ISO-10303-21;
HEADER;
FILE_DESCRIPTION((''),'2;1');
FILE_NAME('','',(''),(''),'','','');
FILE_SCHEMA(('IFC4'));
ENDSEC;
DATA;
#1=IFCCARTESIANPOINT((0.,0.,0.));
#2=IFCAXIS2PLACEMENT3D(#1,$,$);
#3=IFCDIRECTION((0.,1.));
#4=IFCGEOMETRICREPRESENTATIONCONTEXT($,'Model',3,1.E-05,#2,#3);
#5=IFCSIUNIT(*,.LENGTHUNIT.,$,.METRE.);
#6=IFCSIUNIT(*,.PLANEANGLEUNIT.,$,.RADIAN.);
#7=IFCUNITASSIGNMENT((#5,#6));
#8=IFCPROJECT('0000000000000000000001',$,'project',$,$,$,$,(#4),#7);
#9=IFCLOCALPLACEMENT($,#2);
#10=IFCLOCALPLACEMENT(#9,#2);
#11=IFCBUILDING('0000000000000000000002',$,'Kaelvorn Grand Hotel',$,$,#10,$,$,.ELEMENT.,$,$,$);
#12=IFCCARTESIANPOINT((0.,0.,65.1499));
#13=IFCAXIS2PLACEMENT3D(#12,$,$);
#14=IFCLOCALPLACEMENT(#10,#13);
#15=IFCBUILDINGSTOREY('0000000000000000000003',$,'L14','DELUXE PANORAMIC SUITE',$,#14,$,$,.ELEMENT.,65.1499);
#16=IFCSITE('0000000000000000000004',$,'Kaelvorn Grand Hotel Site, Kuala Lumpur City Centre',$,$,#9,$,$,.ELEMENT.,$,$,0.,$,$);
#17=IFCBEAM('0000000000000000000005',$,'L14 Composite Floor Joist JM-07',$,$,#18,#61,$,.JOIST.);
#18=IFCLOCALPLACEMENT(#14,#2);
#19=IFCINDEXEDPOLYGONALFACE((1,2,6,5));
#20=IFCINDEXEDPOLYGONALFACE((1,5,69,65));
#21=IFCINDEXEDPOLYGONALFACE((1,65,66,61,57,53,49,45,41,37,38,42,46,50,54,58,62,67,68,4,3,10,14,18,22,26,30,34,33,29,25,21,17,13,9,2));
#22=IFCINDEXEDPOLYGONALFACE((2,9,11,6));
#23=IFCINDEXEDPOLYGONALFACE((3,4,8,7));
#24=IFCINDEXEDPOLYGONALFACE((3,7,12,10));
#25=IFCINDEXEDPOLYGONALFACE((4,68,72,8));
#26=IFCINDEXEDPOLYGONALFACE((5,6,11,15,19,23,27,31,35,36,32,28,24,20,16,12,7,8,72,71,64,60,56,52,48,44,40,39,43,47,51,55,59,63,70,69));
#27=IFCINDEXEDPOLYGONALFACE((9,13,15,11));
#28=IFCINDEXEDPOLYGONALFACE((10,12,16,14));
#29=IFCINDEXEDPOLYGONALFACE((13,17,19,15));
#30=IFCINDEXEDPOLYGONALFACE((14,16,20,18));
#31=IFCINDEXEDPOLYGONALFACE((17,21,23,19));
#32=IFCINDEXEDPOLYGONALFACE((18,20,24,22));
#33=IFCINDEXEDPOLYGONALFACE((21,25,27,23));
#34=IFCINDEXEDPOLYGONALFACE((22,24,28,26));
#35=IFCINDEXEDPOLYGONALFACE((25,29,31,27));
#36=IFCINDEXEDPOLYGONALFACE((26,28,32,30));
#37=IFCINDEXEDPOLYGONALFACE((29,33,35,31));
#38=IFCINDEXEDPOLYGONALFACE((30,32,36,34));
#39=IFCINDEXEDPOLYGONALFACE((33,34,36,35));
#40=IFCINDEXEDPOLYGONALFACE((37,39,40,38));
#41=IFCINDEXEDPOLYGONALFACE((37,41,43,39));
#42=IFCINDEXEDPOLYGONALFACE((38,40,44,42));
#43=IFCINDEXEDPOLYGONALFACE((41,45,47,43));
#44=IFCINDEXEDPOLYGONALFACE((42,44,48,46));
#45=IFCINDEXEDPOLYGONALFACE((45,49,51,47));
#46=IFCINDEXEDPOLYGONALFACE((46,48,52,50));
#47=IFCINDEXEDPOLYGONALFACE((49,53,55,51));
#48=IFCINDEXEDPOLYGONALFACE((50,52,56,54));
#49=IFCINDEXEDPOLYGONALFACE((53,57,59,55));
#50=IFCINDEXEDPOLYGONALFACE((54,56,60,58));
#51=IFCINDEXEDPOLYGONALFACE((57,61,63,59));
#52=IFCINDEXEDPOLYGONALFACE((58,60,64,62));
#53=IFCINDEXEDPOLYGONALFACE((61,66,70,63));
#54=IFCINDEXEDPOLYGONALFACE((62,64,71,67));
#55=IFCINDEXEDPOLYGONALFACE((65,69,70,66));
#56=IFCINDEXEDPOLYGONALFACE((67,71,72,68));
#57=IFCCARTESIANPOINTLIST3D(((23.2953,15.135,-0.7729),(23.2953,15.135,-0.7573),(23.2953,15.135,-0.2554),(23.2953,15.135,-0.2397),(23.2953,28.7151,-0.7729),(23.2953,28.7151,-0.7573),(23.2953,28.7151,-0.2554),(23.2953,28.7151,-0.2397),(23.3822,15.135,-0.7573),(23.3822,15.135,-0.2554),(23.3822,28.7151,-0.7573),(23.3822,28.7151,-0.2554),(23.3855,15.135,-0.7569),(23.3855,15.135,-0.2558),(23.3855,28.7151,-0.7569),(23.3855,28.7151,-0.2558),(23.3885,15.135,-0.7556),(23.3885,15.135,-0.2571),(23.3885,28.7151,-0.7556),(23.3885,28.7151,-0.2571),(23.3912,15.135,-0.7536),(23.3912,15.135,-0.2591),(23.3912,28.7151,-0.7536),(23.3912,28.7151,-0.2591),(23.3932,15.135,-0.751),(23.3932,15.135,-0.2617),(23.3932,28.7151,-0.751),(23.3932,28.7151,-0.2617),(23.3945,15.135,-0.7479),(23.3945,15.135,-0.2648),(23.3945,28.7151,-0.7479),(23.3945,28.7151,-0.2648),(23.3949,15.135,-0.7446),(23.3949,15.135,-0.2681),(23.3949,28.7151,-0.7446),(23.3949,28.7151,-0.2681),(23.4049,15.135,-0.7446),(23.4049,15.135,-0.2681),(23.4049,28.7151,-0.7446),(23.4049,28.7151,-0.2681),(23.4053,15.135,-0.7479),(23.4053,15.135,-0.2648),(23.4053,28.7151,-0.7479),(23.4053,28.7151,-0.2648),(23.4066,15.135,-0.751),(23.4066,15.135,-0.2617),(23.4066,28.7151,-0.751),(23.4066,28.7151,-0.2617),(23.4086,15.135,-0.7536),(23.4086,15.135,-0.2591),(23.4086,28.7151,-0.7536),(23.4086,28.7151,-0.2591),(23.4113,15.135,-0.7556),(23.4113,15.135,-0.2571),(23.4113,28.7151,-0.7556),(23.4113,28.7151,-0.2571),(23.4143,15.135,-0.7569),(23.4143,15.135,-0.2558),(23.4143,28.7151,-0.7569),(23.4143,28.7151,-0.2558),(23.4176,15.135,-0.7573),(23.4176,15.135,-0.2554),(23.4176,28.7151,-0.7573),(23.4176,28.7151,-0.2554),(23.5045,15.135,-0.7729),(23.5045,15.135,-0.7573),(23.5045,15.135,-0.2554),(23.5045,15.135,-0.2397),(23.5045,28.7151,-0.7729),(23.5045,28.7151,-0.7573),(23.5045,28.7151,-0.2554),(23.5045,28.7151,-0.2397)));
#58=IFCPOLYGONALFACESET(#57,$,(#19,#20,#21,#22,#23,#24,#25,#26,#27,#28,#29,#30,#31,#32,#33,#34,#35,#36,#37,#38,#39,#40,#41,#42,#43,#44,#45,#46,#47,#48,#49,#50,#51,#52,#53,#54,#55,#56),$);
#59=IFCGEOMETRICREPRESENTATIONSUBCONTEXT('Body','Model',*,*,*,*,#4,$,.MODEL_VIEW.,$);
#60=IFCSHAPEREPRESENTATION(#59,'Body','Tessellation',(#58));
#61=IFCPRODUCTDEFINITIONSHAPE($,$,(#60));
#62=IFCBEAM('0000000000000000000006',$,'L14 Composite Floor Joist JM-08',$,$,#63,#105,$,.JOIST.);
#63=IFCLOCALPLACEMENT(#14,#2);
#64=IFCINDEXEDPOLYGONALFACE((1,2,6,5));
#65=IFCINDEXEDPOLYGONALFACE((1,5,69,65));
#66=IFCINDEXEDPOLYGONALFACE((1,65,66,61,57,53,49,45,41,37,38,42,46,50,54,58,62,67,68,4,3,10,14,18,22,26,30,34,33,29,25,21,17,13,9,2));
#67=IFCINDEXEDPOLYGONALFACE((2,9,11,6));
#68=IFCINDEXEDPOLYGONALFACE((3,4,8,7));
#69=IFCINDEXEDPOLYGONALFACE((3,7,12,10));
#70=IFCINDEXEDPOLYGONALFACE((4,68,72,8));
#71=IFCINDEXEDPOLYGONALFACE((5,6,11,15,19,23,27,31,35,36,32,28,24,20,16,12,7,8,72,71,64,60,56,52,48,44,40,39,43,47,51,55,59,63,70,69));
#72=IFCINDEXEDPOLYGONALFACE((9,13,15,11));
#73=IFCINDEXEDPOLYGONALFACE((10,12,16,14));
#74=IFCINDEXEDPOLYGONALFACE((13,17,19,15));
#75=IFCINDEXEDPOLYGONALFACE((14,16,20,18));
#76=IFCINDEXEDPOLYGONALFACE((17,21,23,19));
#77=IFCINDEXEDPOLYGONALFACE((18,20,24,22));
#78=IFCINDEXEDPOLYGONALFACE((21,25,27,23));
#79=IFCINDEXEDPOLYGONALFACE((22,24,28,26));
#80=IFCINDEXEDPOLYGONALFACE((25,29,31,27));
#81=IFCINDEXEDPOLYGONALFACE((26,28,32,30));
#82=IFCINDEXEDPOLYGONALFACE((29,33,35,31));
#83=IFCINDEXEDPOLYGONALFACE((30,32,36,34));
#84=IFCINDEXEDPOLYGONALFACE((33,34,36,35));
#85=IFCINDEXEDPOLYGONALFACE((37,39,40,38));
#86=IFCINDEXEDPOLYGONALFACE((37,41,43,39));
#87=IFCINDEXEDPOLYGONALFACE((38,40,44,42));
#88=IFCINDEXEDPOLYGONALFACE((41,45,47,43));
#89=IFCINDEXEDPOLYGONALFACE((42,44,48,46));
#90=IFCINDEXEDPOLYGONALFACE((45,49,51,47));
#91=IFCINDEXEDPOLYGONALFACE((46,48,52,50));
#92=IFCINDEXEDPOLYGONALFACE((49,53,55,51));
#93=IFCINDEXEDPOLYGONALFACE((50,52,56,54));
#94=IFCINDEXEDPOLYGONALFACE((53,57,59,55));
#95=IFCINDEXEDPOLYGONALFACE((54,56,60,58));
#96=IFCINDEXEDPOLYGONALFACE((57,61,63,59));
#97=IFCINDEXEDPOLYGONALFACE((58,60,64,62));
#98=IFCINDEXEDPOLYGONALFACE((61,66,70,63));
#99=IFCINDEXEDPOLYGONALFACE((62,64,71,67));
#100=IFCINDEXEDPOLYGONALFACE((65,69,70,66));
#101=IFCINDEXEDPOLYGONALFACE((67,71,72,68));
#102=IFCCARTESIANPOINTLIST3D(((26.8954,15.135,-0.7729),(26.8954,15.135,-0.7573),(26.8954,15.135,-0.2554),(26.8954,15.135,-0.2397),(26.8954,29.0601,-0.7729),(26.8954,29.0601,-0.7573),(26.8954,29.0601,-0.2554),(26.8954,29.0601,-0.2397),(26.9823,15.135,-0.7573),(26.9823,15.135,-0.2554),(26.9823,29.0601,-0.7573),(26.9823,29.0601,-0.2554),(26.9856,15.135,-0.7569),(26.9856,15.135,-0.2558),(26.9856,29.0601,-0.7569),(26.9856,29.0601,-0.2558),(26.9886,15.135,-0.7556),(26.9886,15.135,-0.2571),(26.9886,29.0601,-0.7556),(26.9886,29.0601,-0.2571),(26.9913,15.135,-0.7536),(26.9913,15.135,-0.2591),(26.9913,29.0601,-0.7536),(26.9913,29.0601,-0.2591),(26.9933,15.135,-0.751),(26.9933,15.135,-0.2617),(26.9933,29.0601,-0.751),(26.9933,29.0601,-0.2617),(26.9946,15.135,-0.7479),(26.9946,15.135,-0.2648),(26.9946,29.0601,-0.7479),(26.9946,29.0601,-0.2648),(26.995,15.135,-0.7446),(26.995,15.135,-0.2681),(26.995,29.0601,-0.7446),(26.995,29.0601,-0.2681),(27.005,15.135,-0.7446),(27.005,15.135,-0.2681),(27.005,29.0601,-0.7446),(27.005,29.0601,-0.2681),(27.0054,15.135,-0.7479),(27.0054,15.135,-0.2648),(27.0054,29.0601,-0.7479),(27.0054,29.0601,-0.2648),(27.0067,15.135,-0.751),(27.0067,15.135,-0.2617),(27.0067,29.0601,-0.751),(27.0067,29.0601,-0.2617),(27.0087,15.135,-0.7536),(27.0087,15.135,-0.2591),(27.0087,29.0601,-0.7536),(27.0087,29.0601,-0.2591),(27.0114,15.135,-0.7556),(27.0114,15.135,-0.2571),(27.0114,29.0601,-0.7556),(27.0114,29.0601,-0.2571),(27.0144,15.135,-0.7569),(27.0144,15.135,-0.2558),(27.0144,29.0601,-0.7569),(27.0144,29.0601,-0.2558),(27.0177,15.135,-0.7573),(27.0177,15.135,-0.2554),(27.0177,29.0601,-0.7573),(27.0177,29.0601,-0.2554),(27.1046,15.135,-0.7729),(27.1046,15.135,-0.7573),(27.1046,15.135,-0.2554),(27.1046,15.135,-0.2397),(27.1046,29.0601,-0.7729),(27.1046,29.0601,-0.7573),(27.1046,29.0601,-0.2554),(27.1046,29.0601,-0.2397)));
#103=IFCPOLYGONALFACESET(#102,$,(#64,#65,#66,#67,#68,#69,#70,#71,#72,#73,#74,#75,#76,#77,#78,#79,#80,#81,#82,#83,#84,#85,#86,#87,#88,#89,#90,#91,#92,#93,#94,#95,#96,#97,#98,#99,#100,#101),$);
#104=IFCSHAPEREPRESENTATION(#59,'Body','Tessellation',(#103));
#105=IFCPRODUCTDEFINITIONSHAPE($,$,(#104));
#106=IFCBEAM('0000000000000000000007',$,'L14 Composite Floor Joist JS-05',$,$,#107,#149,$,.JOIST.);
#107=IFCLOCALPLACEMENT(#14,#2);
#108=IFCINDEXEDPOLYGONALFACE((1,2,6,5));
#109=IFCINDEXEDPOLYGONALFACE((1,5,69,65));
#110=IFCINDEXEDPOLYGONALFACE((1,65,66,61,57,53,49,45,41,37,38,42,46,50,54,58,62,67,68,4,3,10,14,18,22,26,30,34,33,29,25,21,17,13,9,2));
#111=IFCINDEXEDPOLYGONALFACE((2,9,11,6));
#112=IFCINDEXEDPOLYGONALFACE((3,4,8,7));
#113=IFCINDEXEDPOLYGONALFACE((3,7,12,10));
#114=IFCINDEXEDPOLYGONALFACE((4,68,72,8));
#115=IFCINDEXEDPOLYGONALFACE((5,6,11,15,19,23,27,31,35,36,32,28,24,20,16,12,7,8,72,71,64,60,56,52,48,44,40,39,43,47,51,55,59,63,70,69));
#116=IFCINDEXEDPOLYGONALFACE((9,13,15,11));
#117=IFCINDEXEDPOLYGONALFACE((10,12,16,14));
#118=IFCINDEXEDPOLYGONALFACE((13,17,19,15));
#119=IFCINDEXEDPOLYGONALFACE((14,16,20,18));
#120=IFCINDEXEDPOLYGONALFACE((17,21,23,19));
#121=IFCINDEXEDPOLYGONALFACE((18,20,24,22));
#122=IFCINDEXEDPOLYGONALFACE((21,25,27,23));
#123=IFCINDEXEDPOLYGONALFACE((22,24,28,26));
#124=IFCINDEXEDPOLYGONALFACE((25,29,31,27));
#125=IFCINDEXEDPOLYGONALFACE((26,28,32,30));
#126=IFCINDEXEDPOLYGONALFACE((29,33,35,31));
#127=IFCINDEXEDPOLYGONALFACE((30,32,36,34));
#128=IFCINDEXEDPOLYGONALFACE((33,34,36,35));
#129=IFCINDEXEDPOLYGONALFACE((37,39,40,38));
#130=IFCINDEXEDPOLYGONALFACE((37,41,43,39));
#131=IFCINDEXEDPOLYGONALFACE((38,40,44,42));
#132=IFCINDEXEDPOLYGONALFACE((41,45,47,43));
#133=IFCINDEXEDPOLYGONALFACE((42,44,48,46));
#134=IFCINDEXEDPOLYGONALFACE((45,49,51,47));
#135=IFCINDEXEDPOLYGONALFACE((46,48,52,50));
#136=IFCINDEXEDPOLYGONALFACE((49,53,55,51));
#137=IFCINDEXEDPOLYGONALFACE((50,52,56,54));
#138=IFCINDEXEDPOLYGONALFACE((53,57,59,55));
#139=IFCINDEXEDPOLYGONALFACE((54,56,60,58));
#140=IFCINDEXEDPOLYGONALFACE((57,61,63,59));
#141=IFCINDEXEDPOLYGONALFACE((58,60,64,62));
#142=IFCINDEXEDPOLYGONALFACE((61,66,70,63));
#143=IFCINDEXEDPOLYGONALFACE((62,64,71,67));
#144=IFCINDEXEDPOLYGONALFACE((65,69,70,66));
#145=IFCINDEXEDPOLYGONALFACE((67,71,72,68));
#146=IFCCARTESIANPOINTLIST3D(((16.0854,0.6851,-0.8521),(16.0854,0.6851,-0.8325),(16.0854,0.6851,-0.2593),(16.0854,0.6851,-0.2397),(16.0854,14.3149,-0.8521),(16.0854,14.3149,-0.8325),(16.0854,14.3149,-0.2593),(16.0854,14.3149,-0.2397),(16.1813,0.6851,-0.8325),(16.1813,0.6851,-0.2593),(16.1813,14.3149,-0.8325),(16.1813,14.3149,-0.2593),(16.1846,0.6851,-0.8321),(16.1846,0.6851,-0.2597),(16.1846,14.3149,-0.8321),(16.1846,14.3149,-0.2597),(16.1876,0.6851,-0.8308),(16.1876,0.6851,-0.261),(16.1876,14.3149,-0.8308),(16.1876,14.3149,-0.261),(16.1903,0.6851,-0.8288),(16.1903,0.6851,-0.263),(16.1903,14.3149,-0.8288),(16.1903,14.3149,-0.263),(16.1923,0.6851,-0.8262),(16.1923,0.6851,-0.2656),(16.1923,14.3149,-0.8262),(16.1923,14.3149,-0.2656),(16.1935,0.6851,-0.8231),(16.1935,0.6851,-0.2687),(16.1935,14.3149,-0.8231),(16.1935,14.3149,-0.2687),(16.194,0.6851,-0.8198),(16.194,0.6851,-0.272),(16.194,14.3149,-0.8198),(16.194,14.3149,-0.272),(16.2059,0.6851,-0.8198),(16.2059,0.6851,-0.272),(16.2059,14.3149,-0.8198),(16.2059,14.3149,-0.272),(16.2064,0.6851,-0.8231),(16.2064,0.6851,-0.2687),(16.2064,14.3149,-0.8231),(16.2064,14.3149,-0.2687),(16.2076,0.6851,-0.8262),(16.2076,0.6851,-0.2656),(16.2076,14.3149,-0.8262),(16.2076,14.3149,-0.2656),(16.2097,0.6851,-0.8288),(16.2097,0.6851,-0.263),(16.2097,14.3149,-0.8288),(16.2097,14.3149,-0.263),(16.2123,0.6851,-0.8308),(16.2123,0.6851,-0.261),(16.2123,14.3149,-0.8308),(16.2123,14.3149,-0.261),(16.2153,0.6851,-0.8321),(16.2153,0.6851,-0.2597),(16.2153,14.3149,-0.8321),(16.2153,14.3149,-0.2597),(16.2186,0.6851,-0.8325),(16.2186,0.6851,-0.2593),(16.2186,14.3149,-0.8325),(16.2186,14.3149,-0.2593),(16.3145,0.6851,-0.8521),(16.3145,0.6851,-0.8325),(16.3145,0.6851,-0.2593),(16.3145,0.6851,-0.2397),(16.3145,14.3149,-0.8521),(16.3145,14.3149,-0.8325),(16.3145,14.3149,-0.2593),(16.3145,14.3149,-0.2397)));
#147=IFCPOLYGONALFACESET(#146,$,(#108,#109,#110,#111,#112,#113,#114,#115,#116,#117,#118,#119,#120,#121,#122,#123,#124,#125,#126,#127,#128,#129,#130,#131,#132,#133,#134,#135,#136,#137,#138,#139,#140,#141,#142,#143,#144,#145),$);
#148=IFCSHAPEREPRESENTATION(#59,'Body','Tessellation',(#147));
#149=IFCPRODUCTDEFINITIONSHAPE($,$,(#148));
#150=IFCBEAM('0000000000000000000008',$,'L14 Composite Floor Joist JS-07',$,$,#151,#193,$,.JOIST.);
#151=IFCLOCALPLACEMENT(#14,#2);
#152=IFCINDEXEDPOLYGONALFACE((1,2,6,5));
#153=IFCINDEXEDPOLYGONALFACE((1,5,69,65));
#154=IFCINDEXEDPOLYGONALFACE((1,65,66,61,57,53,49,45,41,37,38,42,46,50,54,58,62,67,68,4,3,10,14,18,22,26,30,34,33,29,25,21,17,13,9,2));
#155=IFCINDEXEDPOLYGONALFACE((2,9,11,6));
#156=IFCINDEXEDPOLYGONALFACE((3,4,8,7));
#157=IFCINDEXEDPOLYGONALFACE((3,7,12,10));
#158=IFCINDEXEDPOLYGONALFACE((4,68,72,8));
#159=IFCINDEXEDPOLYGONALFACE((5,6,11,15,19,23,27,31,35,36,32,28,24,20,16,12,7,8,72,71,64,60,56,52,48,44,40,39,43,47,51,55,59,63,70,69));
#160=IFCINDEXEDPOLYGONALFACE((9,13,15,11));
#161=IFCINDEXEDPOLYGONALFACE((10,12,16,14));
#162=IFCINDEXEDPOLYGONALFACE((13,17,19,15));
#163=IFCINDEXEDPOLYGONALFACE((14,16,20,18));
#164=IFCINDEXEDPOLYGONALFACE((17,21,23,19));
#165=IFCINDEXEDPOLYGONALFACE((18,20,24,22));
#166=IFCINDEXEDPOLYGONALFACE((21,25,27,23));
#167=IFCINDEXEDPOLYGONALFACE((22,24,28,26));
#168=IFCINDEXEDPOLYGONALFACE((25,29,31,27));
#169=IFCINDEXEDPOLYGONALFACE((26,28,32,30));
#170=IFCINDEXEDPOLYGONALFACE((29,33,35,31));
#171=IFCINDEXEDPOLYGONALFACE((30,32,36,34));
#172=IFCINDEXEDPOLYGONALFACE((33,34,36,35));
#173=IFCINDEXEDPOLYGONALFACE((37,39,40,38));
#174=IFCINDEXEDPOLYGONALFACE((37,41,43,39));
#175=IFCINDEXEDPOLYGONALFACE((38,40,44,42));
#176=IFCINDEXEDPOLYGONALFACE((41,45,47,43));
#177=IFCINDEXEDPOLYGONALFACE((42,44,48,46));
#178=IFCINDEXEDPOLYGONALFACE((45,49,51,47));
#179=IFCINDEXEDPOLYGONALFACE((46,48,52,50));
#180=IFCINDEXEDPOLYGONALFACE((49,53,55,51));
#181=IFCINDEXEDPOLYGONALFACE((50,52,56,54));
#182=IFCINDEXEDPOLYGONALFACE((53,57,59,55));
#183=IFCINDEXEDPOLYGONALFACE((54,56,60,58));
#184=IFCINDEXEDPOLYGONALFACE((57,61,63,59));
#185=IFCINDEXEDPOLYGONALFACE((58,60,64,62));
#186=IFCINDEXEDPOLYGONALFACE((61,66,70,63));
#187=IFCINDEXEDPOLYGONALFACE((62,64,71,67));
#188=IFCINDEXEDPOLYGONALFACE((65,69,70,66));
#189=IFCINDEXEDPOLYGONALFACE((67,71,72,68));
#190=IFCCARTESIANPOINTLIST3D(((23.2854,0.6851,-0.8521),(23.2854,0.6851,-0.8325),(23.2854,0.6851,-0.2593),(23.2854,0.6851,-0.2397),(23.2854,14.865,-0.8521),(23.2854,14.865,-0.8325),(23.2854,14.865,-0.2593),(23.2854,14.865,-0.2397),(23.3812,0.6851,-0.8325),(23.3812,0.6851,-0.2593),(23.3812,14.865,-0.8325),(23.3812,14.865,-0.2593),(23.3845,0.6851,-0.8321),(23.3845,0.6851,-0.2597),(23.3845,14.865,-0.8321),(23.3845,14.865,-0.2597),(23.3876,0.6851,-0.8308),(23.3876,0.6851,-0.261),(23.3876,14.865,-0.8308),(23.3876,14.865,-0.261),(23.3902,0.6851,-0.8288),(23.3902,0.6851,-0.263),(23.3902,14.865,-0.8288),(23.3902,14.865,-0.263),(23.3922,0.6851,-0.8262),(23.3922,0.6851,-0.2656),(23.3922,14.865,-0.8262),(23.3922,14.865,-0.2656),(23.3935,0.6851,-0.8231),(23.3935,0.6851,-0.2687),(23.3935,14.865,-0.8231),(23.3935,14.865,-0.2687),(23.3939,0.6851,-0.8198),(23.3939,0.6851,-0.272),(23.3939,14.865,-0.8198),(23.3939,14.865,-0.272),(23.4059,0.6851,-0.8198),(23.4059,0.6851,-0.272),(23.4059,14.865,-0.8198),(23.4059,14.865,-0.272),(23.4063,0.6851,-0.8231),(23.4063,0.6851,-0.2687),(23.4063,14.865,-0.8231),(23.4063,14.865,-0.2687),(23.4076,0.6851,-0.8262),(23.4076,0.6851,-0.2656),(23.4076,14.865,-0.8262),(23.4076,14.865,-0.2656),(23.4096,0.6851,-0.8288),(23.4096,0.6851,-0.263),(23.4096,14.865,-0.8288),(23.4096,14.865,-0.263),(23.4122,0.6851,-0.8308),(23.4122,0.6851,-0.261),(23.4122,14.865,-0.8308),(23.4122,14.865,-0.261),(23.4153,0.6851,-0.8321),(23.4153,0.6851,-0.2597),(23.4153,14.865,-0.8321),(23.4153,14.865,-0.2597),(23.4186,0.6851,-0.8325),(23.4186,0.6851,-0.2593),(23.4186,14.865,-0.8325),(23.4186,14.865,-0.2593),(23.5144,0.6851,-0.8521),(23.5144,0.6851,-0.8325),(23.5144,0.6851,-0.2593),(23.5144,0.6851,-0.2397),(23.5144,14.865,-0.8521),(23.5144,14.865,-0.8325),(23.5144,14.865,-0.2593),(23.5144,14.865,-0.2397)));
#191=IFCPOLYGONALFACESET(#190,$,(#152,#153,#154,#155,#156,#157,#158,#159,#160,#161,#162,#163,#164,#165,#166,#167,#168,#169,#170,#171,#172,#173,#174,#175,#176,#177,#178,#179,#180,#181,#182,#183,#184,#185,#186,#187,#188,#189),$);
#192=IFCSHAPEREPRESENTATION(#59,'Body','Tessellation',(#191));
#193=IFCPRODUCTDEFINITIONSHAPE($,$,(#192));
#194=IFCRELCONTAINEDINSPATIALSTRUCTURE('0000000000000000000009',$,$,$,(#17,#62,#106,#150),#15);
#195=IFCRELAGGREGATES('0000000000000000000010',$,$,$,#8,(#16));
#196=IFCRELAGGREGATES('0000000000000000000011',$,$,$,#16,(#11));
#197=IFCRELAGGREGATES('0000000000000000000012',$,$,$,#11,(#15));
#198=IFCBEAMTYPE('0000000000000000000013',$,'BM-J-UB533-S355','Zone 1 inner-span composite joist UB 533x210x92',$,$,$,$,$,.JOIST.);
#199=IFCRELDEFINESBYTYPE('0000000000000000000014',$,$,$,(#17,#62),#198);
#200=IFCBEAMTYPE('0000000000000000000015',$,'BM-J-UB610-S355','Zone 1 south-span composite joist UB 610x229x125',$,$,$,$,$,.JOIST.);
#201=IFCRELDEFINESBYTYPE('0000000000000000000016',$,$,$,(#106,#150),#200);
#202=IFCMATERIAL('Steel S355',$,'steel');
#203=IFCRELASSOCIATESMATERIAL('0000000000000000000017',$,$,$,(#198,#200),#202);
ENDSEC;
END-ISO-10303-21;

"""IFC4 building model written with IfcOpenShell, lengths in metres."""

from ifc_helpers import new_model, si_unit, direction, frame, origin, origin_2d, place, context, subcontext, project, spatial, i_section, extrude, material, material_profile, profile_set, type_object, element, save


model = new_model("IFC4")

# Units and contexts
model_context = context("Model", 3, precision=1e-05, world=origin(), true_north=direction((0.0, 1.0)))
body_context = subcontext(model_context, "Body", "Model", "MODEL_VIEW")
ifc_project = project(units=[si_unit("LENGTHUNIT", "METRE"), si_unit("PLANEANGLEUNIT", "RADIAN")], contexts=[model_context])

# Site, building, storey
site_placement = place(None, origin())
site = spatial("IfcSite", under=ifc_project, at=site_placement, Name="Kaelvorn Grand Hotel Site, Kuala Lumpur City Centre", CompositionType="ELEMENT", RefElevation=0.0)
building_placement = place(site_placement, origin())
building = spatial("IfcBuilding", under=site, at=building_placement, Name="Kaelvorn Grand Hotel", CompositionType="ELEMENT")
storey_placement = place(building_placement, frame((0.0, 0.0, 65.1499)))
storey = spatial("IfcBuildingStorey", under=building, at=storey_placement, Name="L14", Description="DELUXE PANORAMIC SUITE", CompositionType="ELEMENT", Elevation=65.1499)

# Beams
ifc_material_1 = material(Name="Steel S355", Category="steel")
ifc_material_profile_1 = material_profile(ifc_material_1, i_section(OverallWidth=0.2092, OverallDepth=0.5332, WebThickness=0.01, FlangeThickness=0.0156, FilletRadius=0.0127, at=origin_2d()), Name="UB 533x210x92")
ifc_profile_set_1 = profile_set([ifc_material_profile_1], Name="Steel S355")
beam_type_1 = type_object("IfcBeamType", Name="BM-J-UB533-S355", Description="Zone 1 inner-span composite joist UB 533x210x92", PredefinedType="JOIST", material=ifc_profile_set_1)
beam_1_placement = place(storey_placement, frame((23.3999, 15.135, -0.5063), z_axis=(0.0, 1.0, 0.0), x_axis=(-1.0, 0.0, 0.0)))
element("IfcBeam", 1, at=beam_1_placement, inside=storey, type_object=beam_type_1, Name="L14 Composite Floor Joist JM-07", PredefinedType="JOIST", context=body_context, shape_type="SweptSolid", body=[
    extrude(i_section(OverallWidth=0.2092, OverallDepth=0.5332, WebThickness=0.01, FlangeThickness=0.0156, FilletRadius=0.0127, at=origin_2d()), origin(), (0.0, 0.0, 1.0), 13.5801),
])
beam_2_placement = place(storey_placement, frame((27.0, 15.135, -0.5063), z_axis=(0.0, 1.0, 0.0), x_axis=(-1.0, 0.0, 0.0)))
element("IfcBeam", 2, at=beam_2_placement, inside=storey, type_object=beam_type_1, Name="L14 Composite Floor Joist JM-08", PredefinedType="JOIST", context=body_context, shape_type="SweptSolid", body=[
    extrude(i_section(OverallWidth=0.2092, OverallDepth=0.5332, WebThickness=0.01, FlangeThickness=0.0156, FilletRadius=0.0127, at=origin_2d()), origin(), (0.0, 0.0, 1.0), 13.925),
])
ifc_material_profile_2 = material_profile(ifc_material_1, i_section(OverallWidth=0.229, OverallDepth=0.6123, WebThickness=0.012, FlangeThickness=0.0195, FilletRadius=0.0127, at=origin_2d()), Name="UB 610x229x125")
ifc_profile_set_2 = profile_set([ifc_material_profile_2], Name="Steel S355")
beam_type_2 = type_object("IfcBeamType", Name="BM-J-UB610-S355", Description="Zone 1 south-span composite joist UB 610x229x125", PredefinedType="JOIST", material=ifc_profile_set_2)
beam_3_placement = place(storey_placement, frame((16.2, 0.6851, -0.5459), z_axis=(0.0, 1.0, 0.0), x_axis=(-1.0, 0.0, 0.0)))
element("IfcBeam", 3, at=beam_3_placement, inside=storey, type_object=beam_type_2, Name="L14 Composite Floor Joist JS-05", PredefinedType="JOIST", context=body_context, shape_type="SweptSolid", body=[
    extrude(i_section(OverallWidth=0.229, OverallDepth=0.6123, WebThickness=0.012, FlangeThickness=0.0195, FilletRadius=0.0127, at=origin_2d()), origin(), (0.0, 0.0, 1.0), 13.6299),
])
beam_4_placement = place(storey_placement, frame((23.3999, 0.6851, -0.5459), z_axis=(0.0, 1.0, 0.0), x_axis=(-1.0, 0.0, 0.0)))
element("IfcBeam", 4, at=beam_4_placement, inside=storey, type_object=beam_type_2, Name="L14 Composite Floor Joist JS-07", PredefinedType="JOIST", context=body_context, shape_type="SweptSolid", body=[
    extrude(i_section(OverallWidth=0.229, OverallDepth=0.6123, WebThickness=0.012, FlangeThickness=0.0195, FilletRadius=0.0127, at=origin_2d()), origin(), (0.0, 0.0, 1.0), 14.1799),
])

save(model, "model.ifc")
